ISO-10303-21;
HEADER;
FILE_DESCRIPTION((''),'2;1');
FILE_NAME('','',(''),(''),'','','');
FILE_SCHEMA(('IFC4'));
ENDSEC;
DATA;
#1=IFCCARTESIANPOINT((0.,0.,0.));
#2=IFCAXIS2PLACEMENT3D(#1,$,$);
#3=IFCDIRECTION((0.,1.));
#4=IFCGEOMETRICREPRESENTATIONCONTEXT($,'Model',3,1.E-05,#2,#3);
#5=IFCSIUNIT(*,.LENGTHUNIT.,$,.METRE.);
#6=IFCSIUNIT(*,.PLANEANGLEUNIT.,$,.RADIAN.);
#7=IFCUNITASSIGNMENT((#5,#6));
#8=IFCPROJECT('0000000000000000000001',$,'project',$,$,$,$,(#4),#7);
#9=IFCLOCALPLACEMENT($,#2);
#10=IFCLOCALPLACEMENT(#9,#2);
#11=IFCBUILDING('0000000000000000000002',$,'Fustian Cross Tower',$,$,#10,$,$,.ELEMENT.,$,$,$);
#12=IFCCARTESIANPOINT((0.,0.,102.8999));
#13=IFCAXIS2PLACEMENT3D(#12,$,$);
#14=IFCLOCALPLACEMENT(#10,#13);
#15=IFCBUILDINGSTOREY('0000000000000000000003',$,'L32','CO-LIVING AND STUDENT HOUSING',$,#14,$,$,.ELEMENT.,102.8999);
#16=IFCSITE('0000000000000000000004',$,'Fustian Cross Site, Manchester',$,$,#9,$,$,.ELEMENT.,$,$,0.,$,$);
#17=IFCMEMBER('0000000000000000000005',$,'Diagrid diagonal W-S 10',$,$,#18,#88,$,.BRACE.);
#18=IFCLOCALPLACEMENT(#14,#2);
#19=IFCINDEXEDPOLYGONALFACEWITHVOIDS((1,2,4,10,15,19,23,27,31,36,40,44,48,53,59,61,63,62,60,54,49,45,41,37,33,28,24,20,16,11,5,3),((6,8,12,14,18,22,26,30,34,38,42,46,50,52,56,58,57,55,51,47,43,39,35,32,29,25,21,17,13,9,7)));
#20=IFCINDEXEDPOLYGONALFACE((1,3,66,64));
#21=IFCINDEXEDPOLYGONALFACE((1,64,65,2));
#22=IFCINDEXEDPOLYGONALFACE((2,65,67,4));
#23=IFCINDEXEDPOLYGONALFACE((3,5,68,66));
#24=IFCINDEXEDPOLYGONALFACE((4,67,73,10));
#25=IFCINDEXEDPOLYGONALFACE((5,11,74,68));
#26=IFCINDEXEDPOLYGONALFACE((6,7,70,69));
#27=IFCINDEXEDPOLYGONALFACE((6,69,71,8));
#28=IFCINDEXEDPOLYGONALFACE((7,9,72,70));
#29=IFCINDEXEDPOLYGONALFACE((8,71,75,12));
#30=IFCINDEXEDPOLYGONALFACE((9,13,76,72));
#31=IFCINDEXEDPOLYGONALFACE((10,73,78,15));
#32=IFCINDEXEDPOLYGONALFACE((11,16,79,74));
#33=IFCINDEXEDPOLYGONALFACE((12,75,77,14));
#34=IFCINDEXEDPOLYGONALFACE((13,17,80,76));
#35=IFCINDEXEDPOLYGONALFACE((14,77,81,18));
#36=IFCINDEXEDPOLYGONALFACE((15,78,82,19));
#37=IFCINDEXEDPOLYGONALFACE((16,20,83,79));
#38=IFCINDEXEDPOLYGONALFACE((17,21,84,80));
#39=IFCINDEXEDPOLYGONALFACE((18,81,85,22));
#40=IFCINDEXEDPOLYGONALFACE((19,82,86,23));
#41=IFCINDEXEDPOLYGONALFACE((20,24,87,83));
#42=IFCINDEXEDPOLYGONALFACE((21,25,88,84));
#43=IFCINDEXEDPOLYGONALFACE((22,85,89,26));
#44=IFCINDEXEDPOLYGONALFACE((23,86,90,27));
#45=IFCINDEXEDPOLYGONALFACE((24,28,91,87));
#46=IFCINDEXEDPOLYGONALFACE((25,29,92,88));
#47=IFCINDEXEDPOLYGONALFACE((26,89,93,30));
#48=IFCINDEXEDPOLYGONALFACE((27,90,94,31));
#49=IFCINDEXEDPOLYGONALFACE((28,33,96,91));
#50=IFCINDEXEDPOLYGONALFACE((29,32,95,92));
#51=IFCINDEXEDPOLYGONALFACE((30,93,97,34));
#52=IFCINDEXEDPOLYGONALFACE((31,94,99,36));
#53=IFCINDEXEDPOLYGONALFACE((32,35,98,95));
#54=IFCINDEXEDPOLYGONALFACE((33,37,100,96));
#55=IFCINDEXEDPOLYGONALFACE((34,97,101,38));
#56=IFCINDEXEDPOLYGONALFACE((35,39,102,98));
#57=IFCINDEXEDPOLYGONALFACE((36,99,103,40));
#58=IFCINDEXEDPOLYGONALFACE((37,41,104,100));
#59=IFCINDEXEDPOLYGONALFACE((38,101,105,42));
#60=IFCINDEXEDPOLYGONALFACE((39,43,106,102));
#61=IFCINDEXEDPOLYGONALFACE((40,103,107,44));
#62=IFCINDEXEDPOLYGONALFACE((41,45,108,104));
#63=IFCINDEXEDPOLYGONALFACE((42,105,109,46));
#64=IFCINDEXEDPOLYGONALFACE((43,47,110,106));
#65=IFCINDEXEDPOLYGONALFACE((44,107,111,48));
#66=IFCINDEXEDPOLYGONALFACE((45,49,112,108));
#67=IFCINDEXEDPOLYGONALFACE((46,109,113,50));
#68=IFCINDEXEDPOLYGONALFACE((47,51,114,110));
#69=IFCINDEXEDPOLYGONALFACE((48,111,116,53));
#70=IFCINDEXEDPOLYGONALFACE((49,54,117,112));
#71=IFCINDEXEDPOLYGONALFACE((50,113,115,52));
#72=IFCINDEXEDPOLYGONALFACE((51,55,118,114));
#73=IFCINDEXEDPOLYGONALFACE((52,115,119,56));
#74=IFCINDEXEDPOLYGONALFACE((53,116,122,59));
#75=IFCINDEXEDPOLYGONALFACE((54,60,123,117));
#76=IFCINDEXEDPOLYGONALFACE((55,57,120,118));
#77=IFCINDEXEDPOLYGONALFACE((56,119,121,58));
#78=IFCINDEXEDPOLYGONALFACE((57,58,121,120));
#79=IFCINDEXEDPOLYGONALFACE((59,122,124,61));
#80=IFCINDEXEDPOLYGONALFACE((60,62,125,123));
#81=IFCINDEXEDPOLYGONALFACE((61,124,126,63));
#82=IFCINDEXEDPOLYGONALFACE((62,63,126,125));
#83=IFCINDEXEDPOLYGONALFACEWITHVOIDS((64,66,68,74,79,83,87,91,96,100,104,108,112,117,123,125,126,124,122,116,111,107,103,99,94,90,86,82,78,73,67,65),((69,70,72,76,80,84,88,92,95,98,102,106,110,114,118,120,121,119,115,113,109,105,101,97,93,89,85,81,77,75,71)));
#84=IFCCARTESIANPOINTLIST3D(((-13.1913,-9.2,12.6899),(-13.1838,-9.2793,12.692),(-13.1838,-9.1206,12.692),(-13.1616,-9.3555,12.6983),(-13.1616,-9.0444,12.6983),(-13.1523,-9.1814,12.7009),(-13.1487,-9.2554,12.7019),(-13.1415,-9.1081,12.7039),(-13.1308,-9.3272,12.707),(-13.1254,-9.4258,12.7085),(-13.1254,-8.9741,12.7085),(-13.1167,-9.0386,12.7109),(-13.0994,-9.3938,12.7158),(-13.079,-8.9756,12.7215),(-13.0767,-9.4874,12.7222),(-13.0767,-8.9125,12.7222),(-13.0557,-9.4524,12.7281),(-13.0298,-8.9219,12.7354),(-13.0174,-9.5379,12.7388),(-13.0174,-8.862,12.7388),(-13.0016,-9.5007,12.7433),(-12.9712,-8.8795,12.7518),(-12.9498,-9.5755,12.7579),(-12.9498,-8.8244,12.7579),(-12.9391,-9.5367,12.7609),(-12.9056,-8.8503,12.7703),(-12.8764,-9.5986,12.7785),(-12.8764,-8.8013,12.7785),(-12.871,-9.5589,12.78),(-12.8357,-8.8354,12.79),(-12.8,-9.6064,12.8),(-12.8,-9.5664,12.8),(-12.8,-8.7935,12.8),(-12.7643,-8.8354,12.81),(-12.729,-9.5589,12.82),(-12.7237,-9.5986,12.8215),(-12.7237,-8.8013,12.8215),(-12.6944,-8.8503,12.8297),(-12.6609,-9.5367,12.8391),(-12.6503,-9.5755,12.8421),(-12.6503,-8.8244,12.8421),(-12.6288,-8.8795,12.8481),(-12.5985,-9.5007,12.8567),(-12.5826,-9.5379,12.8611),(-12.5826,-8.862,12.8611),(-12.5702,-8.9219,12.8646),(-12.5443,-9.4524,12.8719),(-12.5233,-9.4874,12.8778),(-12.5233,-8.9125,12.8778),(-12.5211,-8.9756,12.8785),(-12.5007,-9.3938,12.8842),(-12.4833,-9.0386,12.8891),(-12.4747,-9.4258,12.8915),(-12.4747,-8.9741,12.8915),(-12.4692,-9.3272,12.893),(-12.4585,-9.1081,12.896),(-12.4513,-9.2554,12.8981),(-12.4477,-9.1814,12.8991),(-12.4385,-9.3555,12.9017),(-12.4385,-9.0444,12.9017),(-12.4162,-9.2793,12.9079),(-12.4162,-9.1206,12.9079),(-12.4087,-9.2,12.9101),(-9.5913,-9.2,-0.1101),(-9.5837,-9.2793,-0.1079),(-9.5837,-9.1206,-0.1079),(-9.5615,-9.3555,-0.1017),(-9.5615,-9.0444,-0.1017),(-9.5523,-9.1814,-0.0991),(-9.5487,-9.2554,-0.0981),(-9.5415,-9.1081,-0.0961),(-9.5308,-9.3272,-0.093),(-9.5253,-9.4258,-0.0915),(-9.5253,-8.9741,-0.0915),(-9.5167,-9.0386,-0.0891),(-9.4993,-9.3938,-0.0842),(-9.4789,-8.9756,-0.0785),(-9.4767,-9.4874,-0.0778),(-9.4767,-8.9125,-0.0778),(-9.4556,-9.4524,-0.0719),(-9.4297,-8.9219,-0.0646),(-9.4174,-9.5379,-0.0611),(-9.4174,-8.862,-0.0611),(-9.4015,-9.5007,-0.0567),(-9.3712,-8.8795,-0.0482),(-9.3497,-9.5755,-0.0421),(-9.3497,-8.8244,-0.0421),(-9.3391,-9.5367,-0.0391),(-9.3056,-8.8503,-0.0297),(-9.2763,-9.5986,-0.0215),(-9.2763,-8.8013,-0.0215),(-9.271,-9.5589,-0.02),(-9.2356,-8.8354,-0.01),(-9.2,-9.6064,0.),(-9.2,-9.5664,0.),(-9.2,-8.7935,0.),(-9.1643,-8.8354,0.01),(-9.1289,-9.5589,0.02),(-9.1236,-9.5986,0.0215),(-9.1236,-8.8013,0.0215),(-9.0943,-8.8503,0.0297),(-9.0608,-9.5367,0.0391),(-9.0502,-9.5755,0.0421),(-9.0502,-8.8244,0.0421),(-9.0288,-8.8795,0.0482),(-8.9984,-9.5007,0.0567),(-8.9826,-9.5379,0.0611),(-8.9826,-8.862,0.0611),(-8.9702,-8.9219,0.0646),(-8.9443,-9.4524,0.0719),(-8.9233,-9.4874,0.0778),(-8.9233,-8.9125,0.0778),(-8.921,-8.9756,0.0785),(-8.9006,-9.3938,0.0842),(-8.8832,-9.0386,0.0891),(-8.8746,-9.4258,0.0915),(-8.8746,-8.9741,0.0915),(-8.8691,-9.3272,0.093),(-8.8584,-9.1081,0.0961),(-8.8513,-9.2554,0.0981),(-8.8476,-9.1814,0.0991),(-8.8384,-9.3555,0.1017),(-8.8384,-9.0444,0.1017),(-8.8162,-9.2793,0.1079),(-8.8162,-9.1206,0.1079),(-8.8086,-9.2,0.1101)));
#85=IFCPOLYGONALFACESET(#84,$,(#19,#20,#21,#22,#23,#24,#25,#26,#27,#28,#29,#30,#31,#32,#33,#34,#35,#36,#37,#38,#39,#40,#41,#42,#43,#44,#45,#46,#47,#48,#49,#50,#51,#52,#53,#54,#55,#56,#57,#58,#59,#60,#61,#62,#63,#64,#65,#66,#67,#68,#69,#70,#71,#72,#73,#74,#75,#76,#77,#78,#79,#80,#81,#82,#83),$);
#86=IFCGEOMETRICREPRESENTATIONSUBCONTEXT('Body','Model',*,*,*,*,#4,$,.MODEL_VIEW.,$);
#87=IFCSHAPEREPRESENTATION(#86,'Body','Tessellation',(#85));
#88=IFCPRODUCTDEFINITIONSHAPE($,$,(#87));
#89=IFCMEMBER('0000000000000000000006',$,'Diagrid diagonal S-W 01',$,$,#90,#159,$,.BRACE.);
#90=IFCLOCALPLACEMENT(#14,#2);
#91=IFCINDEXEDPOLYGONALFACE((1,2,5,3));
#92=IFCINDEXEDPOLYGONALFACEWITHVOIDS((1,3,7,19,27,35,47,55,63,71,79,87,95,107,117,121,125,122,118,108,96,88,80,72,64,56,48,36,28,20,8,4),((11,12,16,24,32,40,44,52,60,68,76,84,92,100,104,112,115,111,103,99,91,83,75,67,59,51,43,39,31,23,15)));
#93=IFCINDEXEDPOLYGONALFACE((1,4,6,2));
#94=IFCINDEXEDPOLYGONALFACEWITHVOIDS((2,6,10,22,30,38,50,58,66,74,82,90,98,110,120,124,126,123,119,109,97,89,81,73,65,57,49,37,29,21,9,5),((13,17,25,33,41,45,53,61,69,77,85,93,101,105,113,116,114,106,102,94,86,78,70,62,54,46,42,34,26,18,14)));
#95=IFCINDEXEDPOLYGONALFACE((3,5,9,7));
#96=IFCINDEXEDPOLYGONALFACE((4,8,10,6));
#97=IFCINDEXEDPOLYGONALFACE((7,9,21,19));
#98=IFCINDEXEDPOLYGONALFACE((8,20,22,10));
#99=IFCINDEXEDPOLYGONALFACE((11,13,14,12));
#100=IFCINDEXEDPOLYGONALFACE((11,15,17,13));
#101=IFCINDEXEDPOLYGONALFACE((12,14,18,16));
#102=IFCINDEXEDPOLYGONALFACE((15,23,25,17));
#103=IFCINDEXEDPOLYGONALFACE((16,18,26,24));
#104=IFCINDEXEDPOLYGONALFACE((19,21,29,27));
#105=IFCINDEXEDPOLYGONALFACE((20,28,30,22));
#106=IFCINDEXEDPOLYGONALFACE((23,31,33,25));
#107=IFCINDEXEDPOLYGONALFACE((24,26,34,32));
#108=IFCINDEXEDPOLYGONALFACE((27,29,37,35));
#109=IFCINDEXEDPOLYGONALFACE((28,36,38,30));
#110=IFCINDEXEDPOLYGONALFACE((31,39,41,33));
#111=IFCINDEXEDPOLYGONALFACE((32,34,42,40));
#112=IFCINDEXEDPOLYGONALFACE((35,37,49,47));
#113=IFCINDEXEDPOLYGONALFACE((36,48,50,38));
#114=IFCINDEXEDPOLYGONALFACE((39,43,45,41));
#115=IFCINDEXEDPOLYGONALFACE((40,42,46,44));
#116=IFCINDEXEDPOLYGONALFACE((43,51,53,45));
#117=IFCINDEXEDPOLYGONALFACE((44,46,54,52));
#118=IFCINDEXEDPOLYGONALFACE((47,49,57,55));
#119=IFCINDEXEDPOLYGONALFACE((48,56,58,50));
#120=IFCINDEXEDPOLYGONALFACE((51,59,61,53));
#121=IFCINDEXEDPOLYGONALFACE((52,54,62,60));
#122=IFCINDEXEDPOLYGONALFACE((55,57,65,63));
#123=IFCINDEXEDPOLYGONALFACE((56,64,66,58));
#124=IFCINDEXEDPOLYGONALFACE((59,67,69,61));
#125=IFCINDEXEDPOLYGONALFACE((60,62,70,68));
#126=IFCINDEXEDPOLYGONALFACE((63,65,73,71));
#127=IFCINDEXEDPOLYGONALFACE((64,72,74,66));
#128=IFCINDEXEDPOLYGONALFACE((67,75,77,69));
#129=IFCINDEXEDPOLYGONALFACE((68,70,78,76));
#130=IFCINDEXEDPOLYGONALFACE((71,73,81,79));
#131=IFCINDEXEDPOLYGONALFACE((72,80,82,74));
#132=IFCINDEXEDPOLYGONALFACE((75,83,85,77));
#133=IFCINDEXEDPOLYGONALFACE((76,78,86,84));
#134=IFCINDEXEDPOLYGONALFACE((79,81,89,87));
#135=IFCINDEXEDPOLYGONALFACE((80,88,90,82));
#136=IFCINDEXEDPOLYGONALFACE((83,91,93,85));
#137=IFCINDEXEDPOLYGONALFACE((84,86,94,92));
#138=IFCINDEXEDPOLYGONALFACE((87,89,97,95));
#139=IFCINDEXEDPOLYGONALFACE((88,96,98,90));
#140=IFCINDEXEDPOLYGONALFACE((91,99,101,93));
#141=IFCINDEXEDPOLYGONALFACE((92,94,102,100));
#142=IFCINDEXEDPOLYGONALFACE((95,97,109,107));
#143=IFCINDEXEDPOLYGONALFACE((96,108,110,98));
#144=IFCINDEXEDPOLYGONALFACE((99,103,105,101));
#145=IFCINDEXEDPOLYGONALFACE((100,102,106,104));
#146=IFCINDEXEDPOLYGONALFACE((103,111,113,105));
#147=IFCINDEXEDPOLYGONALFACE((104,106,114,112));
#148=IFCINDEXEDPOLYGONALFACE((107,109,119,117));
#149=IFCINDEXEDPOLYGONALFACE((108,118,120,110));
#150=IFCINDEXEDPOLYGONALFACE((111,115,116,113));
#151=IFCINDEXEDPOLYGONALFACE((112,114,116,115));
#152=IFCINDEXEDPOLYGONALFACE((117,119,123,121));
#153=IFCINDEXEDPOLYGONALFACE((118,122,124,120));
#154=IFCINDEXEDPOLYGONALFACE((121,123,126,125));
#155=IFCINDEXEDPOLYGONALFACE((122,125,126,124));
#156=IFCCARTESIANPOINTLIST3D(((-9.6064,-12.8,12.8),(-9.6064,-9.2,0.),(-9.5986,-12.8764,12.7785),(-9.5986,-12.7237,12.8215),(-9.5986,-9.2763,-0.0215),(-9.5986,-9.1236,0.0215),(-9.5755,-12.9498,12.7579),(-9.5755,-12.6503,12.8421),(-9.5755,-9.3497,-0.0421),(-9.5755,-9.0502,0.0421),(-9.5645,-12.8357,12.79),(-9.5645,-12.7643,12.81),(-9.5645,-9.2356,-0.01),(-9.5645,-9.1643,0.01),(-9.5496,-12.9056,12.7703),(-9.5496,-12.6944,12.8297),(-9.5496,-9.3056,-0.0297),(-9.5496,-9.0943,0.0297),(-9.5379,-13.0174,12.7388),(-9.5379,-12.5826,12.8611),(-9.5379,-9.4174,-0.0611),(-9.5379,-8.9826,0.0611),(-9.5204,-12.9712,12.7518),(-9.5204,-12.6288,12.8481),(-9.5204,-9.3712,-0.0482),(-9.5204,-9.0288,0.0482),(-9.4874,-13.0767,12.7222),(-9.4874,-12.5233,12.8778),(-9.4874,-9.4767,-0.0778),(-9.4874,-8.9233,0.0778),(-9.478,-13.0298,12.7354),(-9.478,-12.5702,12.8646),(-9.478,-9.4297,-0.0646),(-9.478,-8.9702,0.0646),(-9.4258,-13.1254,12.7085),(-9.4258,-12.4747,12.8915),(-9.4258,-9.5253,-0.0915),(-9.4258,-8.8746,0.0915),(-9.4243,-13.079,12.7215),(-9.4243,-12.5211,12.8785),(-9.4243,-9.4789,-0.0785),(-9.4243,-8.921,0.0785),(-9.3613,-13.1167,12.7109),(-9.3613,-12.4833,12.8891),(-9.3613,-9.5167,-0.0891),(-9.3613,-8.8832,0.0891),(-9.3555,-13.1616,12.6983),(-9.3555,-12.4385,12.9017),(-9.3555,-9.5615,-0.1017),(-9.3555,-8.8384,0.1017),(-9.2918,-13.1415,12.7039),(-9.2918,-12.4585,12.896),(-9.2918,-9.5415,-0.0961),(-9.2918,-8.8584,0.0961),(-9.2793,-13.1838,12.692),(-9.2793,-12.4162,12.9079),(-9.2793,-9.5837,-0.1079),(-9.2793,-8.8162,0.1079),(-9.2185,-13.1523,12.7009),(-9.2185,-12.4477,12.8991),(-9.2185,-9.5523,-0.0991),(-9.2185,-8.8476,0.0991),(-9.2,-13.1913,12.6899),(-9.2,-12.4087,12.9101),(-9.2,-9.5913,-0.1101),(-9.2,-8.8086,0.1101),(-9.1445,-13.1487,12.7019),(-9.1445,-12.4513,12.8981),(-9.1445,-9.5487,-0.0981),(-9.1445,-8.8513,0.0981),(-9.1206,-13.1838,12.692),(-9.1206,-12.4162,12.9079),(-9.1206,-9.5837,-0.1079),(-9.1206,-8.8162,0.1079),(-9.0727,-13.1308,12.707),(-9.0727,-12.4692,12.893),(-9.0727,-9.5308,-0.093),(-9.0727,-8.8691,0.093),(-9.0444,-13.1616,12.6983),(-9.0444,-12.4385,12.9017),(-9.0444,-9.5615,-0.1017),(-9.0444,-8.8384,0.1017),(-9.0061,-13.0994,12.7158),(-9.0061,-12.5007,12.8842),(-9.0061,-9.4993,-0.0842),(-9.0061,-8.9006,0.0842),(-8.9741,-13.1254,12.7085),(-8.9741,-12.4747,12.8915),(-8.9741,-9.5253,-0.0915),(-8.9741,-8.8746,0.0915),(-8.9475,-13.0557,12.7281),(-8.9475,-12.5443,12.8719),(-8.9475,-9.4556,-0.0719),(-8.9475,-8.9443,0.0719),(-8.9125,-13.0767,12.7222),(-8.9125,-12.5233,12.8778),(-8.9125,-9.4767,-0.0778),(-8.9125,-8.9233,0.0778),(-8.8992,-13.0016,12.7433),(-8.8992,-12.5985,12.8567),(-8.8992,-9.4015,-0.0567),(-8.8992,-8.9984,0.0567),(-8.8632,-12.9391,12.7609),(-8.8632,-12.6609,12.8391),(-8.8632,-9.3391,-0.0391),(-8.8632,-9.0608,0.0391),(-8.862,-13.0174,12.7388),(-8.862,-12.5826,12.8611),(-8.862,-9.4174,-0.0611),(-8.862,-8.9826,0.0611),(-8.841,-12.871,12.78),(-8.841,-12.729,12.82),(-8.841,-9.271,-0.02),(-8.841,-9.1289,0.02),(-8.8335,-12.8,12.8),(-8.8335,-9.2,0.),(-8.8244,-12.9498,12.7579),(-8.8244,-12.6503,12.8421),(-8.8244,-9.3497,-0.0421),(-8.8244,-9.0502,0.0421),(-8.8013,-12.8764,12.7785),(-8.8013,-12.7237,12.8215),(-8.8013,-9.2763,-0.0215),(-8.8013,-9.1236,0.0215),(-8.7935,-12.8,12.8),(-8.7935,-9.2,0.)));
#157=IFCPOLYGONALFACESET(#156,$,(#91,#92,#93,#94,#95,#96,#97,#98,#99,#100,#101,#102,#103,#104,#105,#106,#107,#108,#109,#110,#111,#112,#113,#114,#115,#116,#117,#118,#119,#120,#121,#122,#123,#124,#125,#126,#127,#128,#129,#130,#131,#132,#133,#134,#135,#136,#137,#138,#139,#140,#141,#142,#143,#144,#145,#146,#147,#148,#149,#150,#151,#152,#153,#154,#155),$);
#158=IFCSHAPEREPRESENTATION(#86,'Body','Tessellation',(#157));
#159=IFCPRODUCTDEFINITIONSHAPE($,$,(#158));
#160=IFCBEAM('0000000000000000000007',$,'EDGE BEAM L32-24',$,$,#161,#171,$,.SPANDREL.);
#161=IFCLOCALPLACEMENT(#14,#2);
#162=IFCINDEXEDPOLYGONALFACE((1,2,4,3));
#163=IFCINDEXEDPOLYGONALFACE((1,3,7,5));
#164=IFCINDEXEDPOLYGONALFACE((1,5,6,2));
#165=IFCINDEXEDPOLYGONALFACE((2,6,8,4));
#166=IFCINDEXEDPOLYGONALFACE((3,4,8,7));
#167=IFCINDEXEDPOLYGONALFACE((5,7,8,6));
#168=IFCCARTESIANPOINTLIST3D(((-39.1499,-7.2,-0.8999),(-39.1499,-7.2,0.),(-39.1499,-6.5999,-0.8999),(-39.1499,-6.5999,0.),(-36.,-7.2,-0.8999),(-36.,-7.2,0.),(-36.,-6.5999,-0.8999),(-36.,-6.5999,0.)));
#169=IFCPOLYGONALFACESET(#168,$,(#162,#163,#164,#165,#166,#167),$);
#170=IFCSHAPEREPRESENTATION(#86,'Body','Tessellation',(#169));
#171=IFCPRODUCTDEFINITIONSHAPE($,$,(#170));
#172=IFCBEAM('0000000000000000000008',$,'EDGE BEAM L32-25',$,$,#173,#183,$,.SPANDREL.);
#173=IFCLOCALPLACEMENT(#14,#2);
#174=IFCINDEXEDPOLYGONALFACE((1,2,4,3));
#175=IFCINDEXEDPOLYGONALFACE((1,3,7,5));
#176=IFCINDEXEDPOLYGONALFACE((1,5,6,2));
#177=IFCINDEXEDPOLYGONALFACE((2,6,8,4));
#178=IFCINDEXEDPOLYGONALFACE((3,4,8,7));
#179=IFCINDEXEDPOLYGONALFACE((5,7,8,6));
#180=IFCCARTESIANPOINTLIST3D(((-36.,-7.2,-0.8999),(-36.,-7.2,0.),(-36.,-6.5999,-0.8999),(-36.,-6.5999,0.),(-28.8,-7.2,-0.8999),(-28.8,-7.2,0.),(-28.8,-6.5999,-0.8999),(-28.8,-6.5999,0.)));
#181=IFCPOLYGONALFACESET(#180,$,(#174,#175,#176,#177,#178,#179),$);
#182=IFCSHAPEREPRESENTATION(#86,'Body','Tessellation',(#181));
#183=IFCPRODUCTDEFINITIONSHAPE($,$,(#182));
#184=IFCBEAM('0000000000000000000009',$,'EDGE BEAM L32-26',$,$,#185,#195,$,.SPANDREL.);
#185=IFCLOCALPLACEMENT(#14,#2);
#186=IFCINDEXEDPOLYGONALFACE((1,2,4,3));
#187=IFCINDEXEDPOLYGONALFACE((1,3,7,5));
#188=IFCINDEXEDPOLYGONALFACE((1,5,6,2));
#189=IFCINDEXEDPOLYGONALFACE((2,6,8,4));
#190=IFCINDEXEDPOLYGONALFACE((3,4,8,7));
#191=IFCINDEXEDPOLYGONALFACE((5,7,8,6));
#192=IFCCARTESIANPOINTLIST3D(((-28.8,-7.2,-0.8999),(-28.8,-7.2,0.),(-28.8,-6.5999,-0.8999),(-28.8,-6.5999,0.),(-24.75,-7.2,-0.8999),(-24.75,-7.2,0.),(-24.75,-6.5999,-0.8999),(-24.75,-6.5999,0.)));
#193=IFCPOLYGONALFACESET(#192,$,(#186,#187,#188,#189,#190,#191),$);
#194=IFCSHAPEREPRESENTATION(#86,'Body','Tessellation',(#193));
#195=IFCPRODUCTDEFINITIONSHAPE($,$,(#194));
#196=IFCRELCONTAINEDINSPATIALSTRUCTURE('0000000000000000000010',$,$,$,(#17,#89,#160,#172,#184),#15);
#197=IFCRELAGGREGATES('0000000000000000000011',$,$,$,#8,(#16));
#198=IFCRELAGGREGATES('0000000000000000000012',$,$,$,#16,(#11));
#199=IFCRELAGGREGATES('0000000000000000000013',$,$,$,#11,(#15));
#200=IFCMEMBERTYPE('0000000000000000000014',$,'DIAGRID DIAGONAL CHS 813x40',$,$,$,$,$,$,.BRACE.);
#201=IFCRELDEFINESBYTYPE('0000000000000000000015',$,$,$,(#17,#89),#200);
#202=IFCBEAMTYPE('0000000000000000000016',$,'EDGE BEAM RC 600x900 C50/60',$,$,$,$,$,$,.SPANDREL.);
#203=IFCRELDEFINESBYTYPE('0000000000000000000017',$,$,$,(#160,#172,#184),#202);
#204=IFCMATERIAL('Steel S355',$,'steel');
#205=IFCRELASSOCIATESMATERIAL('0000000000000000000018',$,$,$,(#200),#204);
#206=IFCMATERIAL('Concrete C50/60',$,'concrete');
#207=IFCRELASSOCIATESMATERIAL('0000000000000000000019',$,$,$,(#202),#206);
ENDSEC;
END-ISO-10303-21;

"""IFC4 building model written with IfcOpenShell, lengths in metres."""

from ifc_helpers import new_model, si_unit, direction, frame, origin, origin_2d, place, context, subcontext, project, spatial, rectangle, hollow_circle, extrude, material, material_profile, profile_set, type_object, element, save


model = new_model("IFC4")

# Units and contexts
model_context = context("Model", 3, precision=1e-05, world=origin(), true_north=direction((0.0, 1.0)))
body_context = subcontext(model_context, "Body", "Model", "MODEL_VIEW")
ifc_project = project(units=[si_unit("LENGTHUNIT", "METRE"), si_unit("PLANEANGLEUNIT", "RADIAN")], contexts=[model_context])

# Site, building, storey
site_placement = place(None, origin())
site = spatial("IfcSite", under=ifc_project, at=site_placement, Name="Fustian Cross Site, Manchester", CompositionType="ELEMENT", RefElevation=0.0)
building_placement = place(site_placement, origin())
building = spatial("IfcBuilding", under=site, at=building_placement, Name="Fustian Cross Tower", CompositionType="ELEMENT")
storey_placement = place(building_placement, frame((0.0, 0.0, 102.8999)))
storey = spatial("IfcBuildingStorey", under=building, at=storey_placement, Name="L32", Description="CO-LIVING AND STUDENT HOUSING", CompositionType="ELEMENT", Elevation=102.8999)

# Members
ifc_material_1 = material(Name="Steel S355", Category="steel")
ifc_material_profile_1 = material_profile(ifc_material_1, hollow_circle(Radius=0.4065, WallThickness=0.04, at=origin_2d()), Name="CHS 813x40")
ifc_profile_set_1 = profile_set([ifc_material_profile_1], Name="Steel S355")
member_type_1 = type_object("IfcMemberType", Name="DIAGRID DIAGONAL CHS 813x40", PredefinedType="BRACE", material=ifc_profile_set_1)
for number, where, z_axis, x_axis, name in (
    (1, (-9.2, -9.2, 0.0), (-0.270751, 0.0, 0.962649), (0.0, -1.0, 0.0), "Diagrid diagonal W-S 10"),
    (2, (-9.2, -9.2, 0.0), (0.0, -0.270751, 0.962649), (1.0, 0.0, 0.0), "Diagrid diagonal S-W 01"),
):
    element("IfcMember", number, at=place(storey_placement, frame(where, z_axis=z_axis, x_axis=x_axis)), inside=storey, type_object=member_type_1, Name=name, PredefinedType="BRACE", context=body_context, shape_type="SweptSolid", body=[
        extrude(hollow_circle(Radius=0.4065, WallThickness=0.04, at=origin_2d()), origin(), (0.0, 0.0, 1.0), 13.2966),
    ])

# Beams
ifc_material_2 = material(Name="Concrete C50/60", Category="concrete")
ifc_material_profile_2 = material_profile(ifc_material_2, rectangle(XDim=0.6001, YDim=0.8999, at=origin_2d()), Name="RC 600x900")
ifc_profile_set_2 = profile_set([ifc_material_profile_2], Name="Concrete C50/60")
beam_type = type_object("IfcBeamType", Name="EDGE BEAM RC 600x900 C50/60", PredefinedType="SPANDREL", material=ifc_profile_set_2)
beam_1_placement = place(storey_placement, frame((-39.1499, -6.8999, -0.45), z_axis=(1.0, 0.0, 0.0), x_axis=(0.0, 1.0, 0.0)))
element("IfcBeam", 3, at=beam_1_placement, inside=storey, type_object=beam_type, Name="EDGE BEAM L32-24", PredefinedType="SPANDREL", context=body_context, shape_type="SweptSolid", body=[
    extrude(rectangle(XDim=0.6001, YDim=0.8999, at=origin_2d()), origin(), (0.0, 0.0, 1.0), 3.1499),
])
beam_2_placement = place(storey_placement, frame((-36.0, -6.8999, -0.45), z_axis=(1.0, 0.0, 0.0), x_axis=(0.0, 1.0, 0.0)))
element("IfcBeam", 4, at=beam_2_placement, inside=storey, type_object=beam_type, Name="EDGE BEAM L32-25", PredefinedType="SPANDREL", context=body_context, shape_type="SweptSolid", body=[
    extrude(rectangle(XDim=0.6001, YDim=0.8999, at=origin_2d()), origin(), (0.0, 0.0, 1.0), 7.2),
])
beam_3_placement = place(storey_placement, frame((-28.8, -6.8999, -0.45), z_axis=(1.0, 0.0, 0.0), x_axis=(0.0, 1.0, 0.0)))
element("IfcBeam", 5, at=beam_3_placement, inside=storey, type_object=beam_type, Name="EDGE BEAM L32-26", PredefinedType="SPANDREL", context=body_context, shape_type="SweptSolid", body=[
    extrude(rectangle(XDim=0.6001, YDim=0.8999, at=origin_2d()), origin(), (0.0, 0.0, 1.0), 4.05),
])

save(model, "model.ifc")
